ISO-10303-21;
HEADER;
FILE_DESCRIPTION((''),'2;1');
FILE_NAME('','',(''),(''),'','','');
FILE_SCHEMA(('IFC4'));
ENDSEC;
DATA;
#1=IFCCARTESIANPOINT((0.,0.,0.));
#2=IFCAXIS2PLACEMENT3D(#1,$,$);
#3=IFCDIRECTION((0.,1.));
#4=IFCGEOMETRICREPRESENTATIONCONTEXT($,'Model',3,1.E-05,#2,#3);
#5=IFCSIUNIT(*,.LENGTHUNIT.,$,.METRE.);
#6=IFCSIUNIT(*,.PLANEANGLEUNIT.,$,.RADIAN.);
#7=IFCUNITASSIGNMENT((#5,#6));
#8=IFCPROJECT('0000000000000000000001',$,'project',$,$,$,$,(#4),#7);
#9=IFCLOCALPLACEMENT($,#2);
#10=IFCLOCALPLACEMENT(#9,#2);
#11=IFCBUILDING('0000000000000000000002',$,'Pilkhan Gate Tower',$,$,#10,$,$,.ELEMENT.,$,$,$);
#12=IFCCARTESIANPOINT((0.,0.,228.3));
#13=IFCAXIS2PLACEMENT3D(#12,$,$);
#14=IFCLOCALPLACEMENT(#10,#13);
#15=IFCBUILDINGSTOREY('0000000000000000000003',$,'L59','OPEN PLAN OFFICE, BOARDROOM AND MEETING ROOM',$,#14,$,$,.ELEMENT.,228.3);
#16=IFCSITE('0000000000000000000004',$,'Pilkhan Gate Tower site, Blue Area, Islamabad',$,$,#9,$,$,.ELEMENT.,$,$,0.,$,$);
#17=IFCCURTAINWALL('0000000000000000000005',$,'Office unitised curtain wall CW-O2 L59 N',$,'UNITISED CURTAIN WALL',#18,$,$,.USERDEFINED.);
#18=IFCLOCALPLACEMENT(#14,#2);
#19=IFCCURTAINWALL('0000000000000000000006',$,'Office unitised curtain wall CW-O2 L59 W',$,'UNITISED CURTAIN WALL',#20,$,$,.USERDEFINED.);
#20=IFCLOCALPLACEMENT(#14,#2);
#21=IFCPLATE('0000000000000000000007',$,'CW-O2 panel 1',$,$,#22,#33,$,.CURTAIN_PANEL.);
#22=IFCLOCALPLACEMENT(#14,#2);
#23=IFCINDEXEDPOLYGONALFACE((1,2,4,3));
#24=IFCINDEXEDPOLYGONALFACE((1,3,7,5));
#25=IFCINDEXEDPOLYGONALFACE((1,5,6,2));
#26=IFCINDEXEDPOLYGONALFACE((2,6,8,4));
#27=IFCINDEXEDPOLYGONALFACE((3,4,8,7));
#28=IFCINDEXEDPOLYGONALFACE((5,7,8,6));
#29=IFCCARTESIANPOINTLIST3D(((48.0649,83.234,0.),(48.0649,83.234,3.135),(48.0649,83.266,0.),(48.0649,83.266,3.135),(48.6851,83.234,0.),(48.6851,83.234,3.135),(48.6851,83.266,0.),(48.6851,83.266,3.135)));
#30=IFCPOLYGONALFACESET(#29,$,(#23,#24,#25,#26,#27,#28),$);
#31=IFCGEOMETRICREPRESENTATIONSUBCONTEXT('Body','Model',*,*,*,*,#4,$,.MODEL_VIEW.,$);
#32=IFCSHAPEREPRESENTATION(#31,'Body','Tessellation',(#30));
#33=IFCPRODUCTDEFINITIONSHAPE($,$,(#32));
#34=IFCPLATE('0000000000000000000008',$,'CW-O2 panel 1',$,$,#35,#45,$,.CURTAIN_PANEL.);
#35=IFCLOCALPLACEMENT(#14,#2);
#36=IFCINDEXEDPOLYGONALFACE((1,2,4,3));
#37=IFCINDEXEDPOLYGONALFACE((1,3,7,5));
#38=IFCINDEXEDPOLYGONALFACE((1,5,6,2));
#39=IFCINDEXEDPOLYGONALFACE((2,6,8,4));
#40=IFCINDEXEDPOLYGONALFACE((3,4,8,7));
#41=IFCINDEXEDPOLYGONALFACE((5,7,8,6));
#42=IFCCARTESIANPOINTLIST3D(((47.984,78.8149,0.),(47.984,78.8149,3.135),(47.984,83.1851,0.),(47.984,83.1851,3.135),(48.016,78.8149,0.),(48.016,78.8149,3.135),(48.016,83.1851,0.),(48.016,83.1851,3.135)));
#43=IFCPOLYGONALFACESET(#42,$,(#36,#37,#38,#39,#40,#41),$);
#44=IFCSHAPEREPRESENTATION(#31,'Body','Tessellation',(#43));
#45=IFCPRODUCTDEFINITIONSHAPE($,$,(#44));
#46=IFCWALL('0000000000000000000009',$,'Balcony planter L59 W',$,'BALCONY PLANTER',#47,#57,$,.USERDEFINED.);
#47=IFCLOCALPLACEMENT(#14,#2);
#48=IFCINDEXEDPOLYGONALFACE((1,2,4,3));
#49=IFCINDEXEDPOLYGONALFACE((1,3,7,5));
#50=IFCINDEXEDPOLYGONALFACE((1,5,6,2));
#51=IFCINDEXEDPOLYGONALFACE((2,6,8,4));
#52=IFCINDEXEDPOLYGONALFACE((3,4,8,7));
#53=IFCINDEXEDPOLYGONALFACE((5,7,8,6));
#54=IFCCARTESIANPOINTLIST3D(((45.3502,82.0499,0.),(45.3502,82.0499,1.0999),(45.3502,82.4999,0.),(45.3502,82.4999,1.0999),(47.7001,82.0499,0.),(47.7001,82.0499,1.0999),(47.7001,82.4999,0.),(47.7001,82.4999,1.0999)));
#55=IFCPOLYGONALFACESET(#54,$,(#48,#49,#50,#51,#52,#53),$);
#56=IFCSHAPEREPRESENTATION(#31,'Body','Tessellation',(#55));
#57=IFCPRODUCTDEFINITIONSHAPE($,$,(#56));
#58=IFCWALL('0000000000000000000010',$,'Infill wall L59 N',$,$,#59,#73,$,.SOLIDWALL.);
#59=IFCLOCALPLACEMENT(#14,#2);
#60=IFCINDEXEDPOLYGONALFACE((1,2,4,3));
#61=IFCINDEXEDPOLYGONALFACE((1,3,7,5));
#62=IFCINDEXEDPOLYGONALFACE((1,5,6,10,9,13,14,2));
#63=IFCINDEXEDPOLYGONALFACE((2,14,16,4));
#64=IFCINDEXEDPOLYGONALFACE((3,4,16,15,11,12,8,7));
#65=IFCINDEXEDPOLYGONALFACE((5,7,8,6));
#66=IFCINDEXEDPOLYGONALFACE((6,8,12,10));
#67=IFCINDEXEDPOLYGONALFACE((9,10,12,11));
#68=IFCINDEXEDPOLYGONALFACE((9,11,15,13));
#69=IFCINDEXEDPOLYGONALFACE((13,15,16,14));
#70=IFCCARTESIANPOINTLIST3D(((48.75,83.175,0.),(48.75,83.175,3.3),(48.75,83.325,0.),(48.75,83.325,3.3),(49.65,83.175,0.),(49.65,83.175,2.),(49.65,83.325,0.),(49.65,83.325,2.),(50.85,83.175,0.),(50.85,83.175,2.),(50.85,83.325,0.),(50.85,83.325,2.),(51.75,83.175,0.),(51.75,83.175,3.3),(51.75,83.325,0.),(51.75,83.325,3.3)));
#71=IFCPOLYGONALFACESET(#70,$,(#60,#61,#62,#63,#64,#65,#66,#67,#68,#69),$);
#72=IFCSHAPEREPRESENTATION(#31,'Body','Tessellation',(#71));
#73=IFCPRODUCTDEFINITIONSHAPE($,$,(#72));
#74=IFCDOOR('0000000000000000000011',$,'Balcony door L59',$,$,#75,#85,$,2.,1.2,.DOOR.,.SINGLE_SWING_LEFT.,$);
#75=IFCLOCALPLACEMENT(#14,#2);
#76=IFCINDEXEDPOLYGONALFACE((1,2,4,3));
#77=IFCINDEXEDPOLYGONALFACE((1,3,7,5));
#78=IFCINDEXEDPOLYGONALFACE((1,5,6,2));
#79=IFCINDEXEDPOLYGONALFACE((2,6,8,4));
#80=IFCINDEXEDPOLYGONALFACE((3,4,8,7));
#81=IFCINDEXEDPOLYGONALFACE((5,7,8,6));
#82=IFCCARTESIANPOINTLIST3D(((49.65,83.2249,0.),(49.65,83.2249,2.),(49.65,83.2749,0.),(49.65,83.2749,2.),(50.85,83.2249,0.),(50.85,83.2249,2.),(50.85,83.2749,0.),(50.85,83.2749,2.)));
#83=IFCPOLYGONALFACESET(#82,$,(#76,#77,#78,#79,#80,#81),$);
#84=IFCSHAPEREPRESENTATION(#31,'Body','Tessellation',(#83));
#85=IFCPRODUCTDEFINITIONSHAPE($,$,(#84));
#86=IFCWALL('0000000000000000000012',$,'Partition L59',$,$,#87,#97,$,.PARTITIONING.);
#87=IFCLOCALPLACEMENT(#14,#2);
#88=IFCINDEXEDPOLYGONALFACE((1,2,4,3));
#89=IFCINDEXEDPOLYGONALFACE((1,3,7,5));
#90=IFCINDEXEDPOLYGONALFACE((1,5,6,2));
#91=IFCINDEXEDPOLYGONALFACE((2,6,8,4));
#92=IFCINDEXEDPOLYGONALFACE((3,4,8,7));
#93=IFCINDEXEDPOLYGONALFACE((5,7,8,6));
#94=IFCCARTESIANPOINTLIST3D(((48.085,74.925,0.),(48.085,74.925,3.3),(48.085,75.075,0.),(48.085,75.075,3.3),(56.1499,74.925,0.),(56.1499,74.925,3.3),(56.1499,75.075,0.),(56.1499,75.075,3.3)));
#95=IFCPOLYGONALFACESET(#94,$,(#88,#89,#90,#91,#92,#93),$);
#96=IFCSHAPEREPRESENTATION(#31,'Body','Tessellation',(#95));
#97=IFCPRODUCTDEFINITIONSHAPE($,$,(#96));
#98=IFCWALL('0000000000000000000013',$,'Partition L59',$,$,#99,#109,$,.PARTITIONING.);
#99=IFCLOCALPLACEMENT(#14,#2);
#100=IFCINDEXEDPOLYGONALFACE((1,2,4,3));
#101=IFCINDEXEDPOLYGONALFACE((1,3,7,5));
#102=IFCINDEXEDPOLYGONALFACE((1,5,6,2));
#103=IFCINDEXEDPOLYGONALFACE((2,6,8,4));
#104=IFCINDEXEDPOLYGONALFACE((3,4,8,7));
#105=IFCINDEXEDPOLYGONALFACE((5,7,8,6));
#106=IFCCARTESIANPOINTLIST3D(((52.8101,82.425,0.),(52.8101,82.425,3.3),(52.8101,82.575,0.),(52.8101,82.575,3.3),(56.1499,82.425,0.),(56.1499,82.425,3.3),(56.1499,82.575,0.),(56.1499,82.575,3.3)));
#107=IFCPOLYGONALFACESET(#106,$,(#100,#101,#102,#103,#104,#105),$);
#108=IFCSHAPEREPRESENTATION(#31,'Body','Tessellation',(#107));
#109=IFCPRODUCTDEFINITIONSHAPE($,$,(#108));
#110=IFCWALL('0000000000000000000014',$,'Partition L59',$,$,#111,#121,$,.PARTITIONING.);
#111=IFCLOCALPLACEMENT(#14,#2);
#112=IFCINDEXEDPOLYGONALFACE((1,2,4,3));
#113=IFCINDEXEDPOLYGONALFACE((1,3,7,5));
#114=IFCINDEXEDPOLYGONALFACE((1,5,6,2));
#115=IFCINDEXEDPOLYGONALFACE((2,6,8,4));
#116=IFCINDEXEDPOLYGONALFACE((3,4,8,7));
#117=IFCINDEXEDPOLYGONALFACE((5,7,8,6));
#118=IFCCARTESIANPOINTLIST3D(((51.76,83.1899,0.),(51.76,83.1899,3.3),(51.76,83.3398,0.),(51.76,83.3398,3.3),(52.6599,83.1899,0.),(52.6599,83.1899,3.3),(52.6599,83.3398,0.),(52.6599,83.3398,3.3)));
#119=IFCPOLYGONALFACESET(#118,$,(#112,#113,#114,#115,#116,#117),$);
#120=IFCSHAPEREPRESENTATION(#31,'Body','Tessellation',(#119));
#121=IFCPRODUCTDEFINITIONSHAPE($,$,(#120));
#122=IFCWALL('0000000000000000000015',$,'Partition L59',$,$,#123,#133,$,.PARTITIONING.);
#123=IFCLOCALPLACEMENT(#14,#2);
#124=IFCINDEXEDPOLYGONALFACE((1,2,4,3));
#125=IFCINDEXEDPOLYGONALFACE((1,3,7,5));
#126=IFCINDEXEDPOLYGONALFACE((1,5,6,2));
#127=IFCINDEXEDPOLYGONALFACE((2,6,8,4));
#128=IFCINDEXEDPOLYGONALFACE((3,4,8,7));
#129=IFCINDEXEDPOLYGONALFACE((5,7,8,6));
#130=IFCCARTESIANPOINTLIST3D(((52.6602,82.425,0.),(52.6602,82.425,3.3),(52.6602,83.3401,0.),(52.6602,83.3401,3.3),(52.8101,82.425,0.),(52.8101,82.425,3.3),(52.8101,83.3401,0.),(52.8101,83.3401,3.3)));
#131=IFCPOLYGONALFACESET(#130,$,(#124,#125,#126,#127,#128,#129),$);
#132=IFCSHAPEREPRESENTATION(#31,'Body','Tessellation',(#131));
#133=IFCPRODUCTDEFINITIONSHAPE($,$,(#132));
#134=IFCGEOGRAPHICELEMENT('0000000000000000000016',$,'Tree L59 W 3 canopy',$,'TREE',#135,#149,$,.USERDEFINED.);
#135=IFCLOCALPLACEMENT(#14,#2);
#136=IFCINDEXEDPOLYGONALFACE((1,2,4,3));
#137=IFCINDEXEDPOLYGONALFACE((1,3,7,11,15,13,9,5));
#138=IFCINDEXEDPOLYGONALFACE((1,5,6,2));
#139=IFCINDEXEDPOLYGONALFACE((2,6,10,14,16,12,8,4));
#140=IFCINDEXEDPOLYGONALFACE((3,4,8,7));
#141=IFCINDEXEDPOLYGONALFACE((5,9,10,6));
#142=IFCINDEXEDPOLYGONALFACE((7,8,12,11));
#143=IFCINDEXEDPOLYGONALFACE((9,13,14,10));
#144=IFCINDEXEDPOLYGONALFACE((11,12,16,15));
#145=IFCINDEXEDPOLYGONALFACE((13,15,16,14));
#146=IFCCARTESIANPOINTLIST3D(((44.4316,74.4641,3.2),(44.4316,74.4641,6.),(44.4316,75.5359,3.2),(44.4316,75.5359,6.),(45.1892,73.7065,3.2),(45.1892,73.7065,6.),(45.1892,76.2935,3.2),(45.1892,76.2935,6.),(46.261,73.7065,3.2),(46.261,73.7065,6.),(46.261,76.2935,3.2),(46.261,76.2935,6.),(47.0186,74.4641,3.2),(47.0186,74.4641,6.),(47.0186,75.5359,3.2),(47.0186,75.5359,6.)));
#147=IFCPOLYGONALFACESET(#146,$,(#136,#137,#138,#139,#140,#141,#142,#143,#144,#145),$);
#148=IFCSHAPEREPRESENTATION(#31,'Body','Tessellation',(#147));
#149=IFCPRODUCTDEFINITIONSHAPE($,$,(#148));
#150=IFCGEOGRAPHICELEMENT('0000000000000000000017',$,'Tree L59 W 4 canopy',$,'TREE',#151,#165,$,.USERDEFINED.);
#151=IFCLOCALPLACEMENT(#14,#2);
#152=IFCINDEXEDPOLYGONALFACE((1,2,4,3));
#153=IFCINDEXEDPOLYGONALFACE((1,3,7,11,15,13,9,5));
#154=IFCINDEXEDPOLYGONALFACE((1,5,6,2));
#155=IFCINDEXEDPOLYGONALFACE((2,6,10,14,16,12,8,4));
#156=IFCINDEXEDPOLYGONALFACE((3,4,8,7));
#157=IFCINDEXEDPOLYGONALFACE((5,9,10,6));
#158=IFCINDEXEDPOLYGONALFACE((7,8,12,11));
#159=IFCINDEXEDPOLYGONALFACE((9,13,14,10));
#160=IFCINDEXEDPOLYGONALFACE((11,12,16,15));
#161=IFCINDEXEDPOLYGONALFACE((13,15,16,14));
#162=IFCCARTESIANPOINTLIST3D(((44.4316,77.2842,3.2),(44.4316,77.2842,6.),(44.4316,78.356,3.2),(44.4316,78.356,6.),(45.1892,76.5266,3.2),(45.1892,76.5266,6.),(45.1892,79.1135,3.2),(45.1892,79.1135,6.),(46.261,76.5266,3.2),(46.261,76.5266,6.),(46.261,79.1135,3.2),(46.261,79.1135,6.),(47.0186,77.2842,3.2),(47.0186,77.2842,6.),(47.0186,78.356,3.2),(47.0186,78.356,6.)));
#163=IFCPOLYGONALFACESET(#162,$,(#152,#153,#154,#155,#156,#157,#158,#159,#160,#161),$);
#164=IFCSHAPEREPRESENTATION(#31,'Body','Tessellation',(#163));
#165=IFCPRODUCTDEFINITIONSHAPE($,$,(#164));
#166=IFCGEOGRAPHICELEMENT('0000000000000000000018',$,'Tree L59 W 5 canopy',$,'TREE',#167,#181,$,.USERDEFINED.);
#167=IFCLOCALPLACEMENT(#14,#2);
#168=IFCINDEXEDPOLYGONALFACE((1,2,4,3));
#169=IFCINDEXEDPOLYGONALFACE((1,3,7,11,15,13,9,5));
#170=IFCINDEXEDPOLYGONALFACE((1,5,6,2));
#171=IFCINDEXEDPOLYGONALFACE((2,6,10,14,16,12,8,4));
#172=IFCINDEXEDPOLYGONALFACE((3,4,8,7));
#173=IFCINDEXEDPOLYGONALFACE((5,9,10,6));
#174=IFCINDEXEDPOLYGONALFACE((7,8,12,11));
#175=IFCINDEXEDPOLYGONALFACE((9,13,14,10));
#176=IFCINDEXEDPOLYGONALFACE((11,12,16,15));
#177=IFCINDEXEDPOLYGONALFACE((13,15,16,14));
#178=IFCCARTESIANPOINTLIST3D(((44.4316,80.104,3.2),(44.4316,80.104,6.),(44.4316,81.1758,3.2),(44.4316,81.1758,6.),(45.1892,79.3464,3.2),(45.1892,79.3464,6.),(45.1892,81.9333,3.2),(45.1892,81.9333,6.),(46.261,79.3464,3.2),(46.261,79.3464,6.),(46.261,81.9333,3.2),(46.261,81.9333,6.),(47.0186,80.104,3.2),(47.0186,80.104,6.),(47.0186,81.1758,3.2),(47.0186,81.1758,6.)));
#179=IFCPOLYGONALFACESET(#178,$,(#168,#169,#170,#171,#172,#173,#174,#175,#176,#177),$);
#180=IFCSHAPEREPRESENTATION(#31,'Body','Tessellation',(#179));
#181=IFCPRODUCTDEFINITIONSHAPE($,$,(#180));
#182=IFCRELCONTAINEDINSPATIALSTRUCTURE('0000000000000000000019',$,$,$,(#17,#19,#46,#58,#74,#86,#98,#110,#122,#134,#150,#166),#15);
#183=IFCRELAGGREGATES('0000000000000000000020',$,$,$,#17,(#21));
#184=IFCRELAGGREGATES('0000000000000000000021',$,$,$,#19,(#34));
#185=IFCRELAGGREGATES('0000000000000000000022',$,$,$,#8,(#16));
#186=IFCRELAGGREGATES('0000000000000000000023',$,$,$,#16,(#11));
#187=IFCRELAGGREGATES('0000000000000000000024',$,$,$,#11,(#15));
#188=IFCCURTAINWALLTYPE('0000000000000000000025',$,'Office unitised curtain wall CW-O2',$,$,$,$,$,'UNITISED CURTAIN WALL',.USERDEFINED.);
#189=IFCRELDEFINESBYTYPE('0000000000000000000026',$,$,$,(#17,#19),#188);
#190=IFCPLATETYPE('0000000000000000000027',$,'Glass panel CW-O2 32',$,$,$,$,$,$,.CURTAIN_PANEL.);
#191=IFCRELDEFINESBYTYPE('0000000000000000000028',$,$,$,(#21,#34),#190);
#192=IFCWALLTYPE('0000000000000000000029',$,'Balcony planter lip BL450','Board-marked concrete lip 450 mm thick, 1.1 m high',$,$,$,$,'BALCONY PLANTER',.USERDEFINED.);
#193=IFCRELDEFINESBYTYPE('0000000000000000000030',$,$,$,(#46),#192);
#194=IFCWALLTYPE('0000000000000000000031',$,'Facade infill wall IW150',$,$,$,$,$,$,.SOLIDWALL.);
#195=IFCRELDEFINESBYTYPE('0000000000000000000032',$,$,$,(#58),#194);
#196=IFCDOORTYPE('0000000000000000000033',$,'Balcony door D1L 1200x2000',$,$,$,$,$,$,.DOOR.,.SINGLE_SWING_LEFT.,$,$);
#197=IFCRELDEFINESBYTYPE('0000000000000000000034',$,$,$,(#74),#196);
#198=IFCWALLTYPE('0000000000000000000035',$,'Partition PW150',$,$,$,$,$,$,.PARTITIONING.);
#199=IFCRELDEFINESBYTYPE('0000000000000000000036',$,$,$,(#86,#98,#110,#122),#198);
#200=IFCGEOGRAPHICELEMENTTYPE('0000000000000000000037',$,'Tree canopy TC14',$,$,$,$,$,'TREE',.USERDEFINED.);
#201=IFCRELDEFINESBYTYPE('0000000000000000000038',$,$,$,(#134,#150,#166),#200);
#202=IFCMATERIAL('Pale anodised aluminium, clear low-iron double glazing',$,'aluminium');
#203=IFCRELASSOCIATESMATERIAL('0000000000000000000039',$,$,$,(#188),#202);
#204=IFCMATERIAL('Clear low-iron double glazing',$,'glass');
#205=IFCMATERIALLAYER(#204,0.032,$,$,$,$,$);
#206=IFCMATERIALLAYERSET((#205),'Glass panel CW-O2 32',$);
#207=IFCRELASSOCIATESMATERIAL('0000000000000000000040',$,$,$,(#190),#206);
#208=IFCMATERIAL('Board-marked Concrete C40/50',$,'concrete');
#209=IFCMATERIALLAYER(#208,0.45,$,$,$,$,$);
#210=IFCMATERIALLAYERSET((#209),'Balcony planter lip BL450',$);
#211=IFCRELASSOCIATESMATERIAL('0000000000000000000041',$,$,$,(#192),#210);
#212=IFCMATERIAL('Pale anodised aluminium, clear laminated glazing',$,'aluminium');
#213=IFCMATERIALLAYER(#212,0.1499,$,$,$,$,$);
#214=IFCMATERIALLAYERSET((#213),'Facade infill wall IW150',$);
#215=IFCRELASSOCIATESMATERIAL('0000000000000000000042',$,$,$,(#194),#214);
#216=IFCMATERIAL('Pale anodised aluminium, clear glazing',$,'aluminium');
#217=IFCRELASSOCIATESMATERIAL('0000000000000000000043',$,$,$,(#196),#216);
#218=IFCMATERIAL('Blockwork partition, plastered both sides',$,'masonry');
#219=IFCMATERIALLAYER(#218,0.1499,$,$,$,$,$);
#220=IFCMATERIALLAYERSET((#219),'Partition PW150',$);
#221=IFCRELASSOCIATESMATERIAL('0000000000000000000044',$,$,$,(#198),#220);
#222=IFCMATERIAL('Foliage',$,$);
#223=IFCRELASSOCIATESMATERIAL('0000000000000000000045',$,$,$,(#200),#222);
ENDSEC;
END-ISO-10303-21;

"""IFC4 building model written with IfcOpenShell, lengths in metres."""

from ifc_helpers import new_model, si_unit, direction, frame, frame_2d, origin, origin_2d, place, context, subcontext, project, spatial, polyline, rectangle, outline, extrude, material, layer, layer_set, material_profile, profile_set, type_object, element, fill, aggregate, save


model = new_model("IFC4")

# Units and contexts
model_context = context("Model", 3, precision=1e-05, world=origin(), true_north=direction((0.0, 1.0)))
body_context = subcontext(model_context, "Body", "Model", "MODEL_VIEW")
ifc_project = project(units=[si_unit("LENGTHUNIT", "METRE"), si_unit("PLANEANGLEUNIT", "RADIAN")], contexts=[model_context])

# Site, building, storey
site_placement = place(None, origin())
site = spatial("IfcSite", under=ifc_project, at=site_placement, Name="Pilkhan Gate Tower site, Blue Area, Islamabad", CompositionType="ELEMENT", RefElevation=0.0)
building_placement = place(site_placement, origin())
building = spatial("IfcBuilding", under=site, at=building_placement, Name="Pilkhan Gate Tower", CompositionType="ELEMENT")
storey_placement = place(building_placement, frame((0.0, 0.0, 228.3)))
storey = spatial("IfcBuildingStorey", under=building, at=storey_placement, Name="L59", Description="OPEN PLAN OFFICE, BOARDROOM AND MEETING ROOM", CompositionType="ELEMENT", Elevation=228.3)

# Curtain walls
ifc_material_1 = material(Name="Pale anodised aluminium, clear low-iron double glazing", Category="aluminium")
curtain_wall_type = type_object("IfcCurtainWallType", Name="Office unitised curtain wall CW-O2", ElementType="UNITISED CURTAIN WALL", PredefinedType="USERDEFINED", material=ifc_material_1)
curtain_wall_1_placement = place(storey_placement, origin())
curtain_wall_1 = element("IfcCurtainWall", 1, at=curtain_wall_1_placement, inside=storey, type_object=curtain_wall_type, Name="Office unitised curtain wall CW-O2 L59 N", ObjectType="UNITISED CURTAIN WALL", PredefinedType="USERDEFINED")
curtain_wall_2_placement = place(storey_placement, origin())
curtain_wall_2 = element("IfcCurtainWall", 2, at=curtain_wall_2_placement, inside=storey, type_object=curtain_wall_type, Name="Office unitised curtain wall CW-O2 L59 W", ObjectType="UNITISED CURTAIN WALL", PredefinedType="USERDEFINED")

# Plates
ifc_material_2 = material(Name="Clear low-iron double glazing", Category="glass")
ifc_layer_1 = layer(ifc_material_2, 0.032)
ifc_layer_set_1 = layer_set([ifc_layer_1], Name="Glass panel CW-O2 32")
plate_type = type_object("IfcPlateType", Name="Glass panel CW-O2 32", PredefinedType="CURTAIN_PANEL", material=ifc_layer_set_1)
plate_1_placement = place(storey_placement, frame((48.375, 83.25, 0.0), z_axis=(0.0, 0.0, 1.0), x_axis=(1.0, 0.0, 0.0)))
plate_1 = element("IfcPlate", 3, at=plate_1_placement, type_object=plate_type, Name="CW-O2 panel 1", PredefinedType="CURTAIN_PANEL", context=body_context, shape_type="SweptSolid", body=[
    extrude(rectangle(XDim=0.6201, YDim=0.032, at=origin_2d()), origin(), (0.0, 0.0, 1.0), 3.135),
])
aggregate(curtain_wall_1, [plate_1])
plate_2_placement = place(storey_placement, frame((48.0, 81.0, 0.0), z_axis=(0.0, 0.0, 1.0), x_axis=(0.0, 1.0, 0.0)))
plate_2 = element("IfcPlate", 4, at=plate_2_placement, type_object=plate_type, Name="CW-O2 panel 1", PredefinedType="CURTAIN_PANEL", context=body_context, shape_type="SweptSolid", body=[
    extrude(rectangle(XDim=4.3701, YDim=0.032, at=origin_2d()), origin(), (0.0, 0.0, 1.0), 3.135),
])
aggregate(curtain_wall_2, [plate_2])

# Wall
ifc_material_3 = material(Name="Board-marked Concrete C40/50", Category="concrete")
ifc_layer_2 = layer(ifc_material_3, 0.45)
ifc_layer_set_2 = layer_set([ifc_layer_2], Name="Balcony planter lip BL450")
wall_type_1 = type_object("IfcWallType", Name="Balcony planter lip BL450", Description="Board-marked concrete lip 450 mm thick, 1.1 m high", ElementType="BALCONY PLANTER", PredefinedType="USERDEFINED", material=ifc_layer_set_2)
wall_1_placement = place(storey_placement, frame((47.7, 82.2749, 0.0), z_axis=(0.0, 0.0, 1.0), x_axis=(-1.0, 0.0, 0.0)))
element("IfcWall", 5, at=wall_1_placement, inside=storey, type_object=wall_type_1, Name="Balcony planter L59 W", ObjectType="BALCONY PLANTER", PredefinedType="USERDEFINED", context=body_context, shape_type="SweptSolid", body=[
    extrude(rectangle(XDim=2.3499, YDim=0.45, at=frame_2d((1.1748, 0.0))), origin(), (0.0, 0.0, 1.0), 1.0999),
])

# Wall, opening, door
ifc_material_4 = material(Name="Pale anodised aluminium, clear laminated glazing", Category="aluminium")
ifc_layer_3 = layer(ifc_material_4, 0.1499)
ifc_layer_set_3 = layer_set([ifc_layer_3], Name="Facade infill wall IW150")
wall_type_2 = type_object("IfcWallType", Name="Facade infill wall IW150", PredefinedType="SOLIDWALL", material=ifc_layer_set_3)
wall_2_placement = place(storey_placement, frame((48.75, 83.25, 0.0), z_axis=(0.0, 0.0, 1.0), x_axis=(1.0, 0.0, 0.0)))
wall_2 = element("IfcWall", 6, at=wall_2_placement, inside=storey, type_object=wall_type_2, Name="Infill wall L59 N", PredefinedType="SOLIDWALL", context=body_context, shape_type="SweptSolid", body=[
    extrude(rectangle(XDim=3.0, YDim=0.1499, at=frame_2d((1.5, 0.0))), origin(), (0.0, 0.0, 1.0), 3.3),
])
opening_1_placement = place(wall_2_placement, frame((0.8999, 0.0, 0.0)))
opening_1 = element("IfcOpeningElement", 7, at=opening_1_placement, cuts=wall_2, PredefinedType="OPENING", context=body_context, shape_type="SweptSolid", body=[
    extrude(rectangle(XDim=1.2, YDim=2.0, at=frame_2d((0.6001, 1.0))), frame((0.0, 0.085, 0.0), z_axis=(0.0, -1.0, 0.0), x_axis=(1.0, 0.0, 0.0)), (0.0, 0.0, 1.0), 0.1699),
])
ifc_material_5 = material(Name="Pale anodised aluminium, clear glazing", Category="aluminium")
door_type_1 = type_object("IfcDoorType", Name="Balcony door D1L 1200x2000", OperationType="SINGLE_SWING_LEFT", PredefinedType="DOOR", material=ifc_material_5)
door_1_placement = place(opening_1_placement, origin())
door_1 = element("IfcDoor", 8, at=door_1_placement, inside=storey, type_object=door_type_1, Name="Balcony door L59", OperationType="SINGLE_SWING_LEFT", OverallHeight=2.0, OverallWidth=1.2, PredefinedType="DOOR", context=body_context, shape_type="SweptSolid", body=[
    extrude(rectangle(XDim=1.2, YDim=2.0, at=frame_2d((0.6001, 1.0))), frame((0.0, 0.0249, 0.0), z_axis=(0.0, -1.0, 0.0), x_axis=(1.0, 0.0, 0.0)), (0.0, 0.0, 1.0), 0.05),
])
fill(opening_1, door_1)

# Walls
ifc_material_6 = material(Name="Blockwork partition, plastered both sides", Category="masonry")
ifc_layer_4 = layer(ifc_material_6, 0.1499)
ifc_layer_set_4 = layer_set([ifc_layer_4], Name="Partition PW150")
wall_type_3 = type_object("IfcWallType", Name="Partition PW150", PredefinedType="PARTITIONING", material=ifc_layer_set_4)
wall_3_placement = place(storey_placement, frame((48.085, 75.0, 0.0), z_axis=(0.0, 0.0, 1.0), x_axis=(1.0, 0.0, 0.0)))
element("IfcWall", 9, at=wall_3_placement, inside=storey, type_object=wall_type_3, Name="Partition L59", PredefinedType="PARTITIONING", context=body_context, shape_type="SweptSolid", body=[
    extrude(rectangle(XDim=8.0649, YDim=0.1499, at=frame_2d((4.0325, 0.0))), origin(), (0.0, 0.0, 1.0), 3.3),
])
wall_4_placement = place(storey_placement, frame((52.8101, 82.5, 0.0), z_axis=(0.0, 0.0, 1.0), x_axis=(1.0, 0.0, 0.0)))
element("IfcWall", 10, at=wall_4_placement, inside=storey, type_object=wall_type_3, Name="Partition L59", PredefinedType="PARTITIONING", context=body_context, shape_type="SweptSolid", body=[
    extrude(rectangle(XDim=3.3398, YDim=0.1499, at=frame_2d((1.6699, 0.0))), origin(), (0.0, 0.0, 1.0), 3.3),
])
wall_5_placement = place(storey_placement, frame((51.76, 83.2649, 0.0), z_axis=(0.0, 0.0, 1.0), x_axis=(1.0, 0.0, 0.0)))
element("IfcWall", 11, at=wall_5_placement, inside=storey, type_object=wall_type_3, Name="Partition L59", PredefinedType="PARTITIONING", context=body_context, shape_type="SweptSolid", body=[
    extrude(rectangle(XDim=0.8999, YDim=0.1499, at=frame_2d((0.45, 0.0))), origin(), (0.0, 0.0, 1.0), 3.3),
])
wall_6_placement = place(storey_placement, frame((52.7351, 82.425, 0.0), z_axis=(0.0, 0.0, 1.0), x_axis=(0.0, 1.0, 0.0)))
element("IfcWall", 12, at=wall_6_placement, inside=storey, type_object=wall_type_3, Name="Partition L59", PredefinedType="PARTITIONING", context=body_context, shape_type="SweptSolid", body=[
    extrude(rectangle(XDim=0.915, YDim=0.1499, at=frame_2d((0.4575, 0.0))), origin(), (0.0, 0.0, 1.0), 3.3),
])

# Geographic elements
ifc_material_7 = material(Name="Foliage")
ifc_material_profile_1 = material_profile(ifc_material_7, outline(polyline([(1.2935, 0.5359), (0.5359, 1.2935), (-0.5359, 1.2935), (-1.2935, 0.5359), (-1.2935, -0.5359), (-0.5359, -1.2935), (0.5359, -1.2935), (1.2935, -0.5359), (1.2935, 0.5359)])), Name="Canopy D2.8")
ifc_profile_set_1 = profile_set([ifc_material_profile_1], Name="Foliage")
geographic_element_type_1 = type_object("IfcGeographicElementType", Name="Tree canopy TC14", ElementType="TREE", PredefinedType="USERDEFINED", material=ifc_profile_set_1)
for number, where, z_axis, x_axis, name in (
    (13, (45.7251, 75.0, 3.2), (0.0, 0.0, 1.0), (1.0, 0.0, 0.0), "Tree L59 W 3 canopy"),
    (14, (45.7251, 77.8201, 3.2), (0.0, 0.0, 1.0), (1.0, 0.0, 0.0), "Tree L59 W 4 canopy"),
    (15, (45.7251, 80.6399, 3.2), (0.0, 0.0, 1.0), (1.0, 0.0, 0.0), "Tree L59 W 5 canopy"),
):
    element("IfcGeographicElement", number, at=place(storey_placement, frame(where, z_axis=z_axis, x_axis=x_axis)), inside=storey, type_object=geographic_element_type_1, Name=name, ObjectType="TREE", PredefinedType="USERDEFINED", context=body_context, shape_type="SweptSolid", body=[
        extrude(outline(polyline([(1.2935, 0.5359), (0.5359, 1.2935), (-0.5359, 1.2935), (-1.2935, 0.5359), (-1.2935, -0.5359), (-0.5359, -1.2935), (0.5359, -1.2935), (1.2935, -0.5359), (1.2935, 0.5359)])), origin(), (0.0, 0.0, 1.0), 2.8),
    ])

save(model, "model.ifc")
